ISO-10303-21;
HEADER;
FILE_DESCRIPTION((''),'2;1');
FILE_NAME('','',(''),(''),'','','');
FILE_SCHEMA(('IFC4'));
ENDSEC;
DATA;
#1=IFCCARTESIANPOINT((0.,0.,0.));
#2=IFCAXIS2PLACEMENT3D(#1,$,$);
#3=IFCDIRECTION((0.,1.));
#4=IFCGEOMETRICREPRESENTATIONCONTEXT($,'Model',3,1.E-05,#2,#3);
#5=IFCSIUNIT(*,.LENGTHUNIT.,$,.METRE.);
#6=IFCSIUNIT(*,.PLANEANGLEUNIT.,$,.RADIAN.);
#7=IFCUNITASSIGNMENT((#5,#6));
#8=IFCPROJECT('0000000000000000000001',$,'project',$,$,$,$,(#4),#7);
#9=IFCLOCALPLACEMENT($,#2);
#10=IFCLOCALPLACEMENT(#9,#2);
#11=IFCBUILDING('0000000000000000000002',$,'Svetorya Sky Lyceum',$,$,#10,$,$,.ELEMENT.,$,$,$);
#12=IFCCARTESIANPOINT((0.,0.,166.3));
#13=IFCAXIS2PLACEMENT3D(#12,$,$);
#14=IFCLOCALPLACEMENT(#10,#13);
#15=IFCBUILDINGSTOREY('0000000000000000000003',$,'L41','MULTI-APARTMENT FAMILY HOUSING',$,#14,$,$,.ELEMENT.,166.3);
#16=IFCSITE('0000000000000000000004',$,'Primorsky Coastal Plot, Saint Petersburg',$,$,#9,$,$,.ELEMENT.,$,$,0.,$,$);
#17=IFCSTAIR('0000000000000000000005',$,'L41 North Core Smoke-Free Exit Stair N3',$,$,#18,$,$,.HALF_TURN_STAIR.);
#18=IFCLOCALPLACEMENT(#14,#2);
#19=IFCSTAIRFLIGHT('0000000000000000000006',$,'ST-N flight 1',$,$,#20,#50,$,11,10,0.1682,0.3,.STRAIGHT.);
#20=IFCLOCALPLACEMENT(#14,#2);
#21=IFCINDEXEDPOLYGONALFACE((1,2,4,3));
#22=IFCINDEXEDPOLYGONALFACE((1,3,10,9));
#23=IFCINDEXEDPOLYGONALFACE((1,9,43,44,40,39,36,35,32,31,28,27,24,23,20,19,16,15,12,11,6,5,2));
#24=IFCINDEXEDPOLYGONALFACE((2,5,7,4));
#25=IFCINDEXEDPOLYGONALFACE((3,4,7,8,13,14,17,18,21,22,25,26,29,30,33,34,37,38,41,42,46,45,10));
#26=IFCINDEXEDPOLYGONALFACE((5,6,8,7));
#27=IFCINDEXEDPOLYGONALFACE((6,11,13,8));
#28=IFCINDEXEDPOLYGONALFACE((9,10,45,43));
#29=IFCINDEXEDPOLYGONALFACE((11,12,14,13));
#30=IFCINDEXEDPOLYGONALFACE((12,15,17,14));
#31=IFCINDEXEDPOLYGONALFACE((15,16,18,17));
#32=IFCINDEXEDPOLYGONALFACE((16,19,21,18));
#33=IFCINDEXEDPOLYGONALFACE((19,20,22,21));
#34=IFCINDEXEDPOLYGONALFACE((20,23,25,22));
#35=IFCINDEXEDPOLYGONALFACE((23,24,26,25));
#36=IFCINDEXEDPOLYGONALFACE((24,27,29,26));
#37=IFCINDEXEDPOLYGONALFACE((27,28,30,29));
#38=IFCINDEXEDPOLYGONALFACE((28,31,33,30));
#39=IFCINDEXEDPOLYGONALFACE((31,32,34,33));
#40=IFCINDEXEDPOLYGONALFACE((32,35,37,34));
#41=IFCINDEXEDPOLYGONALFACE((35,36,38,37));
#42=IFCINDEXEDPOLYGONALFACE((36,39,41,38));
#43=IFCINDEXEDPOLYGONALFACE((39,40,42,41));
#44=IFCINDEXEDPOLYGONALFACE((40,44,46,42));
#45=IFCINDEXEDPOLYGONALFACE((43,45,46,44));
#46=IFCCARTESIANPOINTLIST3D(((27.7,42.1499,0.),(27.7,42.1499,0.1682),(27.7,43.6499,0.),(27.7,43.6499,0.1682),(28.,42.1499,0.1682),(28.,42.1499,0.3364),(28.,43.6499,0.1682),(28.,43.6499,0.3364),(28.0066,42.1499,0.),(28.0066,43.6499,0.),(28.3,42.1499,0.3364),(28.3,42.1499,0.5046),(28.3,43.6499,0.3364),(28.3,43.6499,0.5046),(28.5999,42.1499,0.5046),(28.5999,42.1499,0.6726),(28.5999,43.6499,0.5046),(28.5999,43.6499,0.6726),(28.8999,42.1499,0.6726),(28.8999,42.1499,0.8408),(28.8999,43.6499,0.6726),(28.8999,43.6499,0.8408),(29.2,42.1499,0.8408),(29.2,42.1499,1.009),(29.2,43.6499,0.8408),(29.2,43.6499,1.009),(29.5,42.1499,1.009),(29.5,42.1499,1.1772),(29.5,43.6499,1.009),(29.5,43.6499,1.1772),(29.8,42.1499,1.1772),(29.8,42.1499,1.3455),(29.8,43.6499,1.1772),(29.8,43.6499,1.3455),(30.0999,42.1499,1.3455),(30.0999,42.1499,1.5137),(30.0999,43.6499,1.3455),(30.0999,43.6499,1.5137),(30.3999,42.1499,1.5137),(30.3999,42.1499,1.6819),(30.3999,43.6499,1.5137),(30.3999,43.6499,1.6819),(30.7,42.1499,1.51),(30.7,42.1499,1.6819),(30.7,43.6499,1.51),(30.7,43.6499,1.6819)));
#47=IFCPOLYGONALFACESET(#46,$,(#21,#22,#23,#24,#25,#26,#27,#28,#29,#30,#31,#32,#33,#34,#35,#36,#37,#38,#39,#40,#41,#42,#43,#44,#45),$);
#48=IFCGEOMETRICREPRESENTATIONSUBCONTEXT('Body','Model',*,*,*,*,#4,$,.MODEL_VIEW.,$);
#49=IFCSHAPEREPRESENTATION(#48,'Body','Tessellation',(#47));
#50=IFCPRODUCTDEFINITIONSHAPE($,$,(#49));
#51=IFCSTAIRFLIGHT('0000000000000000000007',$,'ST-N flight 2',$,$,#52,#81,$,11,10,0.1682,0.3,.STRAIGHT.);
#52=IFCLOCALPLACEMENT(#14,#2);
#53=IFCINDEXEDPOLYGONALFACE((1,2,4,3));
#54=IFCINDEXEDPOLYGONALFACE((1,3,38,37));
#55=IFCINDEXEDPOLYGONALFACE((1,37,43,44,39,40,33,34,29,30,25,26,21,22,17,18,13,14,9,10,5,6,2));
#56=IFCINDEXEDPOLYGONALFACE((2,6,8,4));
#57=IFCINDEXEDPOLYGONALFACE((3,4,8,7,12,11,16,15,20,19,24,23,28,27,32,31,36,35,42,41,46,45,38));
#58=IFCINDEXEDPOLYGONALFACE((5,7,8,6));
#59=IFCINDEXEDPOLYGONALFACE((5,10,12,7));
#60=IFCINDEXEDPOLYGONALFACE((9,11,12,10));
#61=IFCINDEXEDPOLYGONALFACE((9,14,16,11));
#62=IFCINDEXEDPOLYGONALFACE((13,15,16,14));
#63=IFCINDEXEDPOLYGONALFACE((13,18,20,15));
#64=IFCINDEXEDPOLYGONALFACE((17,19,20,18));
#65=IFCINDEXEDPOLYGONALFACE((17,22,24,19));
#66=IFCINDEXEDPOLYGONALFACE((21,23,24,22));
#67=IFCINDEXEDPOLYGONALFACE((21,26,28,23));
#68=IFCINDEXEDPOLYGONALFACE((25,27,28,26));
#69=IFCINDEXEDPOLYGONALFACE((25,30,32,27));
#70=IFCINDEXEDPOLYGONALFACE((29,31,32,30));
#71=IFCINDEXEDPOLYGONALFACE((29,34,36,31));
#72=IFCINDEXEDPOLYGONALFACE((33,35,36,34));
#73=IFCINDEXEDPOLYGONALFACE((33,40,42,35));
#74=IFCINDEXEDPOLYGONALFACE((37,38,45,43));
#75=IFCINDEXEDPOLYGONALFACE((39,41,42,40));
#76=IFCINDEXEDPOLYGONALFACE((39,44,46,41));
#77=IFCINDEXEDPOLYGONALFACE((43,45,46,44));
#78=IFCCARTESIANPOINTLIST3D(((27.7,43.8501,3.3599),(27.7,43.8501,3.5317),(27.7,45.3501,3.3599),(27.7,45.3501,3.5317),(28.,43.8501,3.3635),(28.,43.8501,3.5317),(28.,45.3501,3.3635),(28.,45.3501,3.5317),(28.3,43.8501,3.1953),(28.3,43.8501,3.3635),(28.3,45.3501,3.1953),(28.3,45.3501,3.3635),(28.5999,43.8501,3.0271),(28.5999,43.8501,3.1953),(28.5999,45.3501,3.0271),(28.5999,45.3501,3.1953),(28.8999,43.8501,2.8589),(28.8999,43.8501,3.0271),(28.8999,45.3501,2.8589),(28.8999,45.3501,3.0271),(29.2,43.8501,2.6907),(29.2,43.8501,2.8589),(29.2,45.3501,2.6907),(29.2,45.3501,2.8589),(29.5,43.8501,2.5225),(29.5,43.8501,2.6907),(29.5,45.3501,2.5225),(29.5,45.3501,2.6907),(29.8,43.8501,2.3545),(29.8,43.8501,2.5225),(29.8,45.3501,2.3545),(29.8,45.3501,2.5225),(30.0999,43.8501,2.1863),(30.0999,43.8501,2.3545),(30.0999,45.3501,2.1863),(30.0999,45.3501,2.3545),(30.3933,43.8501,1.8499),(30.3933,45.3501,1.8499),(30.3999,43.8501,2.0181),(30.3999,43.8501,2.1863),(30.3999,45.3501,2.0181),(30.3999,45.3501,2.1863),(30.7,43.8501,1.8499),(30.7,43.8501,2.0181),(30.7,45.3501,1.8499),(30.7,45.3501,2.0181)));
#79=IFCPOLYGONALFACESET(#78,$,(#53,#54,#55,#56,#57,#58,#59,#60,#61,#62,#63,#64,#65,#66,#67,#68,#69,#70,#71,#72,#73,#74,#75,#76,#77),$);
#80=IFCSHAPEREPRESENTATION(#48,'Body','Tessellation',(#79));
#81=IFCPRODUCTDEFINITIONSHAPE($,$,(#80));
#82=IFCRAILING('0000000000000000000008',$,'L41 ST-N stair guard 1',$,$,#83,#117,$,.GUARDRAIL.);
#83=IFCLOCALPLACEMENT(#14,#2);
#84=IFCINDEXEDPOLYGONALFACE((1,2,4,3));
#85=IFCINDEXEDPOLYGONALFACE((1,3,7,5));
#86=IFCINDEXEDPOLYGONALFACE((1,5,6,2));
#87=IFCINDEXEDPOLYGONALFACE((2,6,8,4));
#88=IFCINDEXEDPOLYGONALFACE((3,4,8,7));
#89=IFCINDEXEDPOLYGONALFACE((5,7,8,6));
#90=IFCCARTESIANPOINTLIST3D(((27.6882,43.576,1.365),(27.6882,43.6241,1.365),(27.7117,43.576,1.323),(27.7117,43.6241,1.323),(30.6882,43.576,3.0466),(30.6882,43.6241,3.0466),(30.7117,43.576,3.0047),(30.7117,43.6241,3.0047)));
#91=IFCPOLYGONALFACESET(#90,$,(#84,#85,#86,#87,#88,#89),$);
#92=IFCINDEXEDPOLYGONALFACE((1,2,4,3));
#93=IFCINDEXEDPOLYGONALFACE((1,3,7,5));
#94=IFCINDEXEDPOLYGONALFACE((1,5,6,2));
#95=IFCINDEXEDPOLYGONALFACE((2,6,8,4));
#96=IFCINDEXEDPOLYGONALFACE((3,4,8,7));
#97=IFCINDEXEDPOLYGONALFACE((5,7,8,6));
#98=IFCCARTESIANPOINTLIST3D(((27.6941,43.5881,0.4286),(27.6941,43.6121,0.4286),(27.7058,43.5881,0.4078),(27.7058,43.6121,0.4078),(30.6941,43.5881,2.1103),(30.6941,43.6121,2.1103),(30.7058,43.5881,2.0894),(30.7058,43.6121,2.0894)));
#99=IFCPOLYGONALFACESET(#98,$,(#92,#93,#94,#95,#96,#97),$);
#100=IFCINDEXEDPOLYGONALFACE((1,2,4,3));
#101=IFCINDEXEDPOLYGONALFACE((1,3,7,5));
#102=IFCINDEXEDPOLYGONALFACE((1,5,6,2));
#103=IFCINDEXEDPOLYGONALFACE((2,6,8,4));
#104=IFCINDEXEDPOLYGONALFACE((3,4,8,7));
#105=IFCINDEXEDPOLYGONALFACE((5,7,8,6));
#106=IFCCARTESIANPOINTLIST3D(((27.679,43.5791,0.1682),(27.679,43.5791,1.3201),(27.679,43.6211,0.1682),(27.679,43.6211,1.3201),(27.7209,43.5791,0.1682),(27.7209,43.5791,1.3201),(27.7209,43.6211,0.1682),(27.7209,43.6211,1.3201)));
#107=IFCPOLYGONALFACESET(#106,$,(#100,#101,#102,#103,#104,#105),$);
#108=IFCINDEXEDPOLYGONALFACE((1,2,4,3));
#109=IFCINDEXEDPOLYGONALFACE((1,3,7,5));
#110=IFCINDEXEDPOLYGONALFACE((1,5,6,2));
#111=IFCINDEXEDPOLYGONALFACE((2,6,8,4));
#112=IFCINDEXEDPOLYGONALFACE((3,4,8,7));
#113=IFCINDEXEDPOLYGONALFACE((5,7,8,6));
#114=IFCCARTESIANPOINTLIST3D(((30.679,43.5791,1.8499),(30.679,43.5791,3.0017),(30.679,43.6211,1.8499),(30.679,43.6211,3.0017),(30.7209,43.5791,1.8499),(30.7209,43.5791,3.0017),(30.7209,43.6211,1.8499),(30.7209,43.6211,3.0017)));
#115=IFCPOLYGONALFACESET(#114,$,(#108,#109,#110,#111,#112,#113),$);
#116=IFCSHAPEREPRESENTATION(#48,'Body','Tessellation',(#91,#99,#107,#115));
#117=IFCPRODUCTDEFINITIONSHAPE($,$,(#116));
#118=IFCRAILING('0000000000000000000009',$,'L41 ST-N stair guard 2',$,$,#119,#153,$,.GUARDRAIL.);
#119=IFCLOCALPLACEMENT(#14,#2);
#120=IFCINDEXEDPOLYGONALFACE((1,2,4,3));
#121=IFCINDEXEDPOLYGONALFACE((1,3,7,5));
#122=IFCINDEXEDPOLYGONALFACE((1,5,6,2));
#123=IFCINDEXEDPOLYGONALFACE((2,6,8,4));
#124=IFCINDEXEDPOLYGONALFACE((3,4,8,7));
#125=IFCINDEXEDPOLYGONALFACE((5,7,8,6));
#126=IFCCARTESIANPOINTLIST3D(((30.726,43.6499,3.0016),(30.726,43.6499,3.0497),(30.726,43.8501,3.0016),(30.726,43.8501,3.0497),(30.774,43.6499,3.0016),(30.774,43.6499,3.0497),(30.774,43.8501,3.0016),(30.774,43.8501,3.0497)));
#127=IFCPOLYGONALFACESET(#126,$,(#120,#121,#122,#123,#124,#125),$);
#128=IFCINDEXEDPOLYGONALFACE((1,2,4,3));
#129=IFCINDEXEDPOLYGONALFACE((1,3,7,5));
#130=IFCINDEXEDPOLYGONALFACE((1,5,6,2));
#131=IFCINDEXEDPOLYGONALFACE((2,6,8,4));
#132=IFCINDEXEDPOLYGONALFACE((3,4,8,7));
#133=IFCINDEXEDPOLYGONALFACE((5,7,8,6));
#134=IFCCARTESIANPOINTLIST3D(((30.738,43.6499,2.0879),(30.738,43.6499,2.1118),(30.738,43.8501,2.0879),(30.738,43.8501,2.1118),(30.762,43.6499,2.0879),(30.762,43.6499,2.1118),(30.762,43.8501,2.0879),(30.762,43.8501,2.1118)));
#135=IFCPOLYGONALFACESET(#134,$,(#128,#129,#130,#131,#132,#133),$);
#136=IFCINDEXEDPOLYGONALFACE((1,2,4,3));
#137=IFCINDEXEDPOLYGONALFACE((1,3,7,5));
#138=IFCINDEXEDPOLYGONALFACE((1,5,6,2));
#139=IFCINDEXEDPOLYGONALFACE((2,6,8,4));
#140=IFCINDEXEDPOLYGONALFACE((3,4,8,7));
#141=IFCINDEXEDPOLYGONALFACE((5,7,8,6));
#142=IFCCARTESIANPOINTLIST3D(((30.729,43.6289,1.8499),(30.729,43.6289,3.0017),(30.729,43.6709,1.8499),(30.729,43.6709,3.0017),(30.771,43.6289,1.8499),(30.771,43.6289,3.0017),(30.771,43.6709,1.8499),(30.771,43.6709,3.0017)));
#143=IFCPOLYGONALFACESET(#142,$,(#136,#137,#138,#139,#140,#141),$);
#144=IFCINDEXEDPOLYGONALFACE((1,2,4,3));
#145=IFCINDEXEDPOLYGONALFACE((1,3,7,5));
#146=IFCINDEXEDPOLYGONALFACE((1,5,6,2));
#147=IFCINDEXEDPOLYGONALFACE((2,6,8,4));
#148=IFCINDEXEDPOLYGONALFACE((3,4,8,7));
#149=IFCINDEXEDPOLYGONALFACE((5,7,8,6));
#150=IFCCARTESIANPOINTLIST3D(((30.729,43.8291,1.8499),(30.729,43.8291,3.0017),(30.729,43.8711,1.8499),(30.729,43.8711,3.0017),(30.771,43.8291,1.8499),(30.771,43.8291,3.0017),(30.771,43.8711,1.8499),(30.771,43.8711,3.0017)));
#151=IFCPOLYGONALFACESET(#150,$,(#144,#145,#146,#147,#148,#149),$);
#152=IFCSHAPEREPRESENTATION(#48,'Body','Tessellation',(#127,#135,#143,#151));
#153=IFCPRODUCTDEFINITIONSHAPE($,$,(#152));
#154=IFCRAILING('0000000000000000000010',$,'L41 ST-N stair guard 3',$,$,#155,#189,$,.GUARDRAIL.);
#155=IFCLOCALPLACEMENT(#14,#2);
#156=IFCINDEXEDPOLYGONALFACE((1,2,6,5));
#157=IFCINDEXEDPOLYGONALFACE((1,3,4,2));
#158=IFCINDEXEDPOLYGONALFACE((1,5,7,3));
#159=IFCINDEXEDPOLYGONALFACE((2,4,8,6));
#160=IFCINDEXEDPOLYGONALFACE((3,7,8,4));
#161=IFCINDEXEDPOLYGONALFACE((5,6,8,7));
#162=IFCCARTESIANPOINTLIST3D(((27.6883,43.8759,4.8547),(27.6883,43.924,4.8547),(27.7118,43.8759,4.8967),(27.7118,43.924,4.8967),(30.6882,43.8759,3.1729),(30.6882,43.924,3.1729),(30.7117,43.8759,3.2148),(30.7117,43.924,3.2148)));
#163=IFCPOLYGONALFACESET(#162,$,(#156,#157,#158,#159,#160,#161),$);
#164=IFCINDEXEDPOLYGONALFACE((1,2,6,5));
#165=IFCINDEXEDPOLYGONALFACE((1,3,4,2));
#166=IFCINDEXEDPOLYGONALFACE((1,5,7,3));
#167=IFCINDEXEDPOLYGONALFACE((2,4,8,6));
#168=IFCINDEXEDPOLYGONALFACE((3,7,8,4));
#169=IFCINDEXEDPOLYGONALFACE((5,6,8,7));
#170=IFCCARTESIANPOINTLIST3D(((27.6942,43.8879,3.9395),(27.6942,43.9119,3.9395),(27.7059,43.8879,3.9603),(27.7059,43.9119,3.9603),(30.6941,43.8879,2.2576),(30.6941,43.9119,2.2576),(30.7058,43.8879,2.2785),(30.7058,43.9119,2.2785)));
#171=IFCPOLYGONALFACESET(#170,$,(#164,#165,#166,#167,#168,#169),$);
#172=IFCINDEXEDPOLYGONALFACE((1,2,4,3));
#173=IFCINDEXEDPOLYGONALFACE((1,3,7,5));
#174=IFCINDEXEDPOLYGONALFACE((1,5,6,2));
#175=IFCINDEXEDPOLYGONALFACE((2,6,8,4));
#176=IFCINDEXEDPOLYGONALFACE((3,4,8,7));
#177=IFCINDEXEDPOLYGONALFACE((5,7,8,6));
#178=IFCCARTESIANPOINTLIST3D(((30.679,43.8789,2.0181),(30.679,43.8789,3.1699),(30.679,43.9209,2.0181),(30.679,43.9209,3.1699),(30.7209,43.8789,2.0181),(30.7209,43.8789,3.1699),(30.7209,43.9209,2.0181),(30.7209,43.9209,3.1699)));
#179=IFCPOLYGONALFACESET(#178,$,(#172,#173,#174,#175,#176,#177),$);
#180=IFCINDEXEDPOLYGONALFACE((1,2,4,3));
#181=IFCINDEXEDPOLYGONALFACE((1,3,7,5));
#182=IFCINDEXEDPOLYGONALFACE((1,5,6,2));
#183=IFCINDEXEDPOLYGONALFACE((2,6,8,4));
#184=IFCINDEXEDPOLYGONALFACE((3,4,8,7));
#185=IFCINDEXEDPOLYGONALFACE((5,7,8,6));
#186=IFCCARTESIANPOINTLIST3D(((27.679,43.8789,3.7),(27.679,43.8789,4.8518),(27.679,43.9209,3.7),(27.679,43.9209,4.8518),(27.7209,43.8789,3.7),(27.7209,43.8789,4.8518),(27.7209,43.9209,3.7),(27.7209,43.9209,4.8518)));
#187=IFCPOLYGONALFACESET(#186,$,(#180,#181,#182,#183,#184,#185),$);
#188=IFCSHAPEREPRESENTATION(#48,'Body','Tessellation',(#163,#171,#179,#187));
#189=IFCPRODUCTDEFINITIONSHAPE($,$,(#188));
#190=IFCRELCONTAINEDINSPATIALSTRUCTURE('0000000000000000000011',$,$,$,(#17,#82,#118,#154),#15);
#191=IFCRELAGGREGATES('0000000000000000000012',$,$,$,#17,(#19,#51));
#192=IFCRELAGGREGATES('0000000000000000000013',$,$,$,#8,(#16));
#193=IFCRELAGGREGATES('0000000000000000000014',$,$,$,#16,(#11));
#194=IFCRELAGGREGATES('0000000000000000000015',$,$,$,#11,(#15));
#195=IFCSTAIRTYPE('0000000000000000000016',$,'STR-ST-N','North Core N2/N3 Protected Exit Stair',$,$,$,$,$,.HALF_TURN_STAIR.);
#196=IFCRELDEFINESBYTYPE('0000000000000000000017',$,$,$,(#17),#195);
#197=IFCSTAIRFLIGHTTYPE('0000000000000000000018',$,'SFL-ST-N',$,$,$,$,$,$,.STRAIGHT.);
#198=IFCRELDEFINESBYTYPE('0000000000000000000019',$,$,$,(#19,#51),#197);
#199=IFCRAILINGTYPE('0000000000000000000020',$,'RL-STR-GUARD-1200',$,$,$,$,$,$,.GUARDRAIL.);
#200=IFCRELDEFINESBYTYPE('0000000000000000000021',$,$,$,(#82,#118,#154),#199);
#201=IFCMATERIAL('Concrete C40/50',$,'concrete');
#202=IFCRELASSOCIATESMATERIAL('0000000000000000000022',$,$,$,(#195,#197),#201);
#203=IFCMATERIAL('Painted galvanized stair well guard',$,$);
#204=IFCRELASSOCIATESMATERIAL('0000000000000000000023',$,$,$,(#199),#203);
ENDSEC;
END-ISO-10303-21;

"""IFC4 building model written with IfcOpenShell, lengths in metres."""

from ifc_helpers import new_model, si_unit, direction, frame, origin, origin_2d, place, context, subcontext, project, spatial, polyline, rectangle, outline, extrude, material, type_object, element, aggregate, save


model = new_model("IFC4")

# Units and contexts
model_context = context("Model", 3, precision=1e-05, world=origin(), true_north=direction((0.0, 1.0)))
body_context = subcontext(model_context, "Body", "Model", "MODEL_VIEW")
ifc_project = project(units=[si_unit("LENGTHUNIT", "METRE"), si_unit("PLANEANGLEUNIT", "RADIAN")], contexts=[model_context])

# Site, building, storey
site_placement = place(None, origin())
site = spatial("IfcSite", under=ifc_project, at=site_placement, Name="Primorsky Coastal Plot, Saint Petersburg", CompositionType="ELEMENT", RefElevation=0.0)
building_placement = place(site_placement, origin())
building = spatial("IfcBuilding", under=site, at=building_placement, Name="Svetorya Sky Lyceum", CompositionType="ELEMENT")
storey_placement = place(building_placement, frame((0.0, 0.0, 166.3)))
storey = spatial("IfcBuildingStorey", under=building, at=storey_placement, Name="L41", Description="MULTI-APARTMENT FAMILY HOUSING", CompositionType="ELEMENT", Elevation=166.3)

# Stair, stair flights
ifc_material_1 = material(Name="Concrete C40/50", Category="concrete")
stair_type = type_object("IfcStairType", Name="STR-ST-N", Description="North Core N2/N3 Protected Exit Stair", PredefinedType="HALF_TURN_STAIR", material=ifc_material_1)
stair_placement = place(storey_placement, origin())
stair = element("IfcStair", 1, at=stair_placement, inside=storey, type_object=stair_type, Name="L41 North Core Smoke-Free Exit Stair N3", PredefinedType="HALF_TURN_STAIR")
stair_flight_type = type_object("IfcStairFlightType", Name="SFL-ST-N", PredefinedType="STRAIGHT", material=ifc_material_1)
stair_flight_1_placement = place(storey_placement, frame((27.7, 42.8999, 0.0), z_axis=(0.0, 0.0, 1.0), x_axis=(1.0, 0.0, 0.0)))
stair_flight_1 = element("IfcStairFlight", 2, at=stair_flight_1_placement, type_object=stair_flight_type, Name="ST-N flight 1", NumberOfRisers=11, NumberOfTreads=10, PredefinedType="STRAIGHT", RiserHeight=0.1682, TreadLength=0.3, context=body_context, shape_type="SweptSolid", body=[
    extrude(outline(polyline([(0.0, 0.0), (0.0, 0.1682), (0.3, 0.1682), (0.3, 0.3364), (0.6001, 0.3364), (0.6001, 0.5046), (0.8999, 0.5046), (0.8999, 0.6726), (1.2, 0.6726), (1.2, 0.8408), (1.5, 0.8408), (1.5, 1.009), (1.8, 1.009), (1.8, 1.1772), (2.1001, 1.1772), (2.1001, 1.3455), (2.3999, 1.3455), (2.3999, 1.5137), (2.7, 1.5137), (2.7, 1.6819), (3.0, 1.6819), (3.0, 1.8501), (3.0, 1.51), (0.3066, 0.0), (0.0, 0.0)])), frame((0.0, 0.75, 0.0), z_axis=(0.0, -1.0, 0.0), x_axis=(1.0, 0.0, 0.0)), (0.0, 0.0, 1.0), 1.5),
])
stair_flight_2_placement = place(storey_placement, frame((30.7, 44.6001, 1.8499), z_axis=(0.0, 0.0, 1.0), x_axis=(-1.0, 0.0, 0.0)))
stair_flight_2 = element("IfcStairFlight", 3, at=stair_flight_2_placement, type_object=stair_flight_type, Name="ST-N flight 2", NumberOfRisers=11, NumberOfTreads=10, PredefinedType="STRAIGHT", RiserHeight=0.1682, TreadLength=0.3, context=body_context, shape_type="SweptSolid", body=[
    extrude(outline(polyline([(0.0, 0.0), (0.0, 0.1682), (0.3, 0.1682), (0.3, 0.3364), (0.6001, 0.3364), (0.6001, 0.5046), (0.8999, 0.5046), (0.8999, 0.6726), (1.2, 0.6726), (1.2, 0.8408), (1.5, 0.8408), (1.5, 1.009), (1.8, 1.009), (1.8, 1.1772), (2.1001, 1.1772), (2.1001, 1.3455), (2.3999, 1.3455), (2.3999, 1.5137), (2.7, 1.5137), (2.7, 1.6819), (3.0, 1.6819), (3.0, 1.8501), (3.0, 1.51), (0.3066, 0.0), (0.0, 0.0)])), frame((0.0, 0.75, 0.0), z_axis=(0.0, -1.0, 0.0), x_axis=(1.0, 0.0, 0.0)), (0.0, 0.0, 1.0), 1.5),
])
aggregate(stair, [stair_flight_1, stair_flight_2])

# Railings
ifc_material_2 = material(Name="Painted galvanized stair well guard")
railing_type_1 = type_object("IfcRailingType", Name="RL-STR-GUARD-1200", PredefinedType="GUARDRAIL", material=ifc_material_2)
railing_1_placement = place(storey_placement, frame((27.7, 43.6001, 0.1682)))
element("IfcRailing", 4, at=railing_1_placement, inside=storey, type_object=railing_type_1, Name="L41 ST-N stair guard 1", PredefinedType="GUARDRAIL", context=body_context, shape_type="SweptSolid", body=[
    extrude(rectangle(XDim=0.0481, YDim=0.0481, at=origin_2d()), frame((0.0, 0.0, 1.1758), z_axis=(0.872303, 0.0, 0.488966), x_axis=(0.0, 1.0, 0.0)), (0.0, 0.0, 1.0), 3.4392),
    extrude(rectangle(XDim=0.0239, YDim=0.0239, at=origin_2d()), frame((0.0, 0.0, 0.25), z_axis=(0.872303, 0.0, 0.488966), x_axis=(0.0, 1.0, 0.0)), (0.0, 0.0, 1.0), 3.4392),
    extrude(rectangle(XDim=0.042, YDim=0.042, at=origin_2d()), origin(), (0.0, 0.0, 1.0), 1.1519),
    extrude(rectangle(XDim=0.042, YDim=0.042, at=origin_2d()), frame((3.0, 0.0, 1.6816)), (0.0, 0.0, 1.0), 1.1519),
])
railing_2_placement = place(storey_placement, frame((30.75, 43.6499, 1.8499)))
element("IfcRailing", 5, at=railing_2_placement, inside=storey, type_object=railing_type_1, Name="L41 ST-N stair guard 2", PredefinedType="GUARDRAIL", context=body_context, shape_type="SweptSolid", body=[
    extrude(rectangle(XDim=0.0481, YDim=0.0481, at=origin_2d()), frame((0.0, 0.0, 1.1758), z_axis=(0.0, 1.0, 0.0), x_axis=(-1.0, 0.0, 0.0)), (0.0, 0.0, 1.0), 0.2002),
    extrude(rectangle(XDim=0.0239, YDim=0.0239, at=origin_2d()), frame((0.0, 0.0, 0.25), z_axis=(0.0, 1.0, 0.0), x_axis=(-1.0, 0.0, 0.0)), (0.0, 0.0, 1.0), 0.2002),
    extrude(rectangle(XDim=0.042, YDim=0.042, at=origin_2d()), origin(), (0.0, 0.0, 1.0), 1.1519),
    extrude(rectangle(XDim=0.042, YDim=0.042, at=origin_2d()), frame((0.0, 0.2002, 0.0)), (0.0, 0.0, 1.0), 1.1519),
])
railing_3_placement = place(storey_placement, frame((30.7, 43.8999, 2.0181)))
element("IfcRailing", 6, at=railing_3_placement, inside=storey, type_object=railing_type_1, Name="L41 ST-N stair guard 3", PredefinedType="GUARDRAIL", context=body_context, shape_type="SweptSolid", body=[
    extrude(rectangle(XDim=0.0481, YDim=0.0481, at=origin_2d()), frame((0.0, 0.0, 1.1758), z_axis=(-0.872272, 0.0, 0.48902), x_axis=(0.0, -1.0, 0.0)), (0.0, 0.0, 1.0), 3.4392),
    extrude(rectangle(XDim=0.0239, YDim=0.0239, at=origin_2d()), frame((0.0, 0.0, 0.25), z_axis=(-0.872272, 0.0, 0.48902), x_axis=(0.0, -1.0, 0.0)), (0.0, 0.0, 1.0), 3.4392),
    extrude(rectangle(XDim=0.042, YDim=0.042, at=origin_2d()), origin(), (0.0, 0.0, 1.0), 1.1519),
    extrude(rectangle(XDim=0.042, YDim=0.042, at=origin_2d()), frame((-3.0, 0.0, 1.6819)), (0.0, 0.0, 1.0), 1.1519),
])

save(model, "model.ifc")
